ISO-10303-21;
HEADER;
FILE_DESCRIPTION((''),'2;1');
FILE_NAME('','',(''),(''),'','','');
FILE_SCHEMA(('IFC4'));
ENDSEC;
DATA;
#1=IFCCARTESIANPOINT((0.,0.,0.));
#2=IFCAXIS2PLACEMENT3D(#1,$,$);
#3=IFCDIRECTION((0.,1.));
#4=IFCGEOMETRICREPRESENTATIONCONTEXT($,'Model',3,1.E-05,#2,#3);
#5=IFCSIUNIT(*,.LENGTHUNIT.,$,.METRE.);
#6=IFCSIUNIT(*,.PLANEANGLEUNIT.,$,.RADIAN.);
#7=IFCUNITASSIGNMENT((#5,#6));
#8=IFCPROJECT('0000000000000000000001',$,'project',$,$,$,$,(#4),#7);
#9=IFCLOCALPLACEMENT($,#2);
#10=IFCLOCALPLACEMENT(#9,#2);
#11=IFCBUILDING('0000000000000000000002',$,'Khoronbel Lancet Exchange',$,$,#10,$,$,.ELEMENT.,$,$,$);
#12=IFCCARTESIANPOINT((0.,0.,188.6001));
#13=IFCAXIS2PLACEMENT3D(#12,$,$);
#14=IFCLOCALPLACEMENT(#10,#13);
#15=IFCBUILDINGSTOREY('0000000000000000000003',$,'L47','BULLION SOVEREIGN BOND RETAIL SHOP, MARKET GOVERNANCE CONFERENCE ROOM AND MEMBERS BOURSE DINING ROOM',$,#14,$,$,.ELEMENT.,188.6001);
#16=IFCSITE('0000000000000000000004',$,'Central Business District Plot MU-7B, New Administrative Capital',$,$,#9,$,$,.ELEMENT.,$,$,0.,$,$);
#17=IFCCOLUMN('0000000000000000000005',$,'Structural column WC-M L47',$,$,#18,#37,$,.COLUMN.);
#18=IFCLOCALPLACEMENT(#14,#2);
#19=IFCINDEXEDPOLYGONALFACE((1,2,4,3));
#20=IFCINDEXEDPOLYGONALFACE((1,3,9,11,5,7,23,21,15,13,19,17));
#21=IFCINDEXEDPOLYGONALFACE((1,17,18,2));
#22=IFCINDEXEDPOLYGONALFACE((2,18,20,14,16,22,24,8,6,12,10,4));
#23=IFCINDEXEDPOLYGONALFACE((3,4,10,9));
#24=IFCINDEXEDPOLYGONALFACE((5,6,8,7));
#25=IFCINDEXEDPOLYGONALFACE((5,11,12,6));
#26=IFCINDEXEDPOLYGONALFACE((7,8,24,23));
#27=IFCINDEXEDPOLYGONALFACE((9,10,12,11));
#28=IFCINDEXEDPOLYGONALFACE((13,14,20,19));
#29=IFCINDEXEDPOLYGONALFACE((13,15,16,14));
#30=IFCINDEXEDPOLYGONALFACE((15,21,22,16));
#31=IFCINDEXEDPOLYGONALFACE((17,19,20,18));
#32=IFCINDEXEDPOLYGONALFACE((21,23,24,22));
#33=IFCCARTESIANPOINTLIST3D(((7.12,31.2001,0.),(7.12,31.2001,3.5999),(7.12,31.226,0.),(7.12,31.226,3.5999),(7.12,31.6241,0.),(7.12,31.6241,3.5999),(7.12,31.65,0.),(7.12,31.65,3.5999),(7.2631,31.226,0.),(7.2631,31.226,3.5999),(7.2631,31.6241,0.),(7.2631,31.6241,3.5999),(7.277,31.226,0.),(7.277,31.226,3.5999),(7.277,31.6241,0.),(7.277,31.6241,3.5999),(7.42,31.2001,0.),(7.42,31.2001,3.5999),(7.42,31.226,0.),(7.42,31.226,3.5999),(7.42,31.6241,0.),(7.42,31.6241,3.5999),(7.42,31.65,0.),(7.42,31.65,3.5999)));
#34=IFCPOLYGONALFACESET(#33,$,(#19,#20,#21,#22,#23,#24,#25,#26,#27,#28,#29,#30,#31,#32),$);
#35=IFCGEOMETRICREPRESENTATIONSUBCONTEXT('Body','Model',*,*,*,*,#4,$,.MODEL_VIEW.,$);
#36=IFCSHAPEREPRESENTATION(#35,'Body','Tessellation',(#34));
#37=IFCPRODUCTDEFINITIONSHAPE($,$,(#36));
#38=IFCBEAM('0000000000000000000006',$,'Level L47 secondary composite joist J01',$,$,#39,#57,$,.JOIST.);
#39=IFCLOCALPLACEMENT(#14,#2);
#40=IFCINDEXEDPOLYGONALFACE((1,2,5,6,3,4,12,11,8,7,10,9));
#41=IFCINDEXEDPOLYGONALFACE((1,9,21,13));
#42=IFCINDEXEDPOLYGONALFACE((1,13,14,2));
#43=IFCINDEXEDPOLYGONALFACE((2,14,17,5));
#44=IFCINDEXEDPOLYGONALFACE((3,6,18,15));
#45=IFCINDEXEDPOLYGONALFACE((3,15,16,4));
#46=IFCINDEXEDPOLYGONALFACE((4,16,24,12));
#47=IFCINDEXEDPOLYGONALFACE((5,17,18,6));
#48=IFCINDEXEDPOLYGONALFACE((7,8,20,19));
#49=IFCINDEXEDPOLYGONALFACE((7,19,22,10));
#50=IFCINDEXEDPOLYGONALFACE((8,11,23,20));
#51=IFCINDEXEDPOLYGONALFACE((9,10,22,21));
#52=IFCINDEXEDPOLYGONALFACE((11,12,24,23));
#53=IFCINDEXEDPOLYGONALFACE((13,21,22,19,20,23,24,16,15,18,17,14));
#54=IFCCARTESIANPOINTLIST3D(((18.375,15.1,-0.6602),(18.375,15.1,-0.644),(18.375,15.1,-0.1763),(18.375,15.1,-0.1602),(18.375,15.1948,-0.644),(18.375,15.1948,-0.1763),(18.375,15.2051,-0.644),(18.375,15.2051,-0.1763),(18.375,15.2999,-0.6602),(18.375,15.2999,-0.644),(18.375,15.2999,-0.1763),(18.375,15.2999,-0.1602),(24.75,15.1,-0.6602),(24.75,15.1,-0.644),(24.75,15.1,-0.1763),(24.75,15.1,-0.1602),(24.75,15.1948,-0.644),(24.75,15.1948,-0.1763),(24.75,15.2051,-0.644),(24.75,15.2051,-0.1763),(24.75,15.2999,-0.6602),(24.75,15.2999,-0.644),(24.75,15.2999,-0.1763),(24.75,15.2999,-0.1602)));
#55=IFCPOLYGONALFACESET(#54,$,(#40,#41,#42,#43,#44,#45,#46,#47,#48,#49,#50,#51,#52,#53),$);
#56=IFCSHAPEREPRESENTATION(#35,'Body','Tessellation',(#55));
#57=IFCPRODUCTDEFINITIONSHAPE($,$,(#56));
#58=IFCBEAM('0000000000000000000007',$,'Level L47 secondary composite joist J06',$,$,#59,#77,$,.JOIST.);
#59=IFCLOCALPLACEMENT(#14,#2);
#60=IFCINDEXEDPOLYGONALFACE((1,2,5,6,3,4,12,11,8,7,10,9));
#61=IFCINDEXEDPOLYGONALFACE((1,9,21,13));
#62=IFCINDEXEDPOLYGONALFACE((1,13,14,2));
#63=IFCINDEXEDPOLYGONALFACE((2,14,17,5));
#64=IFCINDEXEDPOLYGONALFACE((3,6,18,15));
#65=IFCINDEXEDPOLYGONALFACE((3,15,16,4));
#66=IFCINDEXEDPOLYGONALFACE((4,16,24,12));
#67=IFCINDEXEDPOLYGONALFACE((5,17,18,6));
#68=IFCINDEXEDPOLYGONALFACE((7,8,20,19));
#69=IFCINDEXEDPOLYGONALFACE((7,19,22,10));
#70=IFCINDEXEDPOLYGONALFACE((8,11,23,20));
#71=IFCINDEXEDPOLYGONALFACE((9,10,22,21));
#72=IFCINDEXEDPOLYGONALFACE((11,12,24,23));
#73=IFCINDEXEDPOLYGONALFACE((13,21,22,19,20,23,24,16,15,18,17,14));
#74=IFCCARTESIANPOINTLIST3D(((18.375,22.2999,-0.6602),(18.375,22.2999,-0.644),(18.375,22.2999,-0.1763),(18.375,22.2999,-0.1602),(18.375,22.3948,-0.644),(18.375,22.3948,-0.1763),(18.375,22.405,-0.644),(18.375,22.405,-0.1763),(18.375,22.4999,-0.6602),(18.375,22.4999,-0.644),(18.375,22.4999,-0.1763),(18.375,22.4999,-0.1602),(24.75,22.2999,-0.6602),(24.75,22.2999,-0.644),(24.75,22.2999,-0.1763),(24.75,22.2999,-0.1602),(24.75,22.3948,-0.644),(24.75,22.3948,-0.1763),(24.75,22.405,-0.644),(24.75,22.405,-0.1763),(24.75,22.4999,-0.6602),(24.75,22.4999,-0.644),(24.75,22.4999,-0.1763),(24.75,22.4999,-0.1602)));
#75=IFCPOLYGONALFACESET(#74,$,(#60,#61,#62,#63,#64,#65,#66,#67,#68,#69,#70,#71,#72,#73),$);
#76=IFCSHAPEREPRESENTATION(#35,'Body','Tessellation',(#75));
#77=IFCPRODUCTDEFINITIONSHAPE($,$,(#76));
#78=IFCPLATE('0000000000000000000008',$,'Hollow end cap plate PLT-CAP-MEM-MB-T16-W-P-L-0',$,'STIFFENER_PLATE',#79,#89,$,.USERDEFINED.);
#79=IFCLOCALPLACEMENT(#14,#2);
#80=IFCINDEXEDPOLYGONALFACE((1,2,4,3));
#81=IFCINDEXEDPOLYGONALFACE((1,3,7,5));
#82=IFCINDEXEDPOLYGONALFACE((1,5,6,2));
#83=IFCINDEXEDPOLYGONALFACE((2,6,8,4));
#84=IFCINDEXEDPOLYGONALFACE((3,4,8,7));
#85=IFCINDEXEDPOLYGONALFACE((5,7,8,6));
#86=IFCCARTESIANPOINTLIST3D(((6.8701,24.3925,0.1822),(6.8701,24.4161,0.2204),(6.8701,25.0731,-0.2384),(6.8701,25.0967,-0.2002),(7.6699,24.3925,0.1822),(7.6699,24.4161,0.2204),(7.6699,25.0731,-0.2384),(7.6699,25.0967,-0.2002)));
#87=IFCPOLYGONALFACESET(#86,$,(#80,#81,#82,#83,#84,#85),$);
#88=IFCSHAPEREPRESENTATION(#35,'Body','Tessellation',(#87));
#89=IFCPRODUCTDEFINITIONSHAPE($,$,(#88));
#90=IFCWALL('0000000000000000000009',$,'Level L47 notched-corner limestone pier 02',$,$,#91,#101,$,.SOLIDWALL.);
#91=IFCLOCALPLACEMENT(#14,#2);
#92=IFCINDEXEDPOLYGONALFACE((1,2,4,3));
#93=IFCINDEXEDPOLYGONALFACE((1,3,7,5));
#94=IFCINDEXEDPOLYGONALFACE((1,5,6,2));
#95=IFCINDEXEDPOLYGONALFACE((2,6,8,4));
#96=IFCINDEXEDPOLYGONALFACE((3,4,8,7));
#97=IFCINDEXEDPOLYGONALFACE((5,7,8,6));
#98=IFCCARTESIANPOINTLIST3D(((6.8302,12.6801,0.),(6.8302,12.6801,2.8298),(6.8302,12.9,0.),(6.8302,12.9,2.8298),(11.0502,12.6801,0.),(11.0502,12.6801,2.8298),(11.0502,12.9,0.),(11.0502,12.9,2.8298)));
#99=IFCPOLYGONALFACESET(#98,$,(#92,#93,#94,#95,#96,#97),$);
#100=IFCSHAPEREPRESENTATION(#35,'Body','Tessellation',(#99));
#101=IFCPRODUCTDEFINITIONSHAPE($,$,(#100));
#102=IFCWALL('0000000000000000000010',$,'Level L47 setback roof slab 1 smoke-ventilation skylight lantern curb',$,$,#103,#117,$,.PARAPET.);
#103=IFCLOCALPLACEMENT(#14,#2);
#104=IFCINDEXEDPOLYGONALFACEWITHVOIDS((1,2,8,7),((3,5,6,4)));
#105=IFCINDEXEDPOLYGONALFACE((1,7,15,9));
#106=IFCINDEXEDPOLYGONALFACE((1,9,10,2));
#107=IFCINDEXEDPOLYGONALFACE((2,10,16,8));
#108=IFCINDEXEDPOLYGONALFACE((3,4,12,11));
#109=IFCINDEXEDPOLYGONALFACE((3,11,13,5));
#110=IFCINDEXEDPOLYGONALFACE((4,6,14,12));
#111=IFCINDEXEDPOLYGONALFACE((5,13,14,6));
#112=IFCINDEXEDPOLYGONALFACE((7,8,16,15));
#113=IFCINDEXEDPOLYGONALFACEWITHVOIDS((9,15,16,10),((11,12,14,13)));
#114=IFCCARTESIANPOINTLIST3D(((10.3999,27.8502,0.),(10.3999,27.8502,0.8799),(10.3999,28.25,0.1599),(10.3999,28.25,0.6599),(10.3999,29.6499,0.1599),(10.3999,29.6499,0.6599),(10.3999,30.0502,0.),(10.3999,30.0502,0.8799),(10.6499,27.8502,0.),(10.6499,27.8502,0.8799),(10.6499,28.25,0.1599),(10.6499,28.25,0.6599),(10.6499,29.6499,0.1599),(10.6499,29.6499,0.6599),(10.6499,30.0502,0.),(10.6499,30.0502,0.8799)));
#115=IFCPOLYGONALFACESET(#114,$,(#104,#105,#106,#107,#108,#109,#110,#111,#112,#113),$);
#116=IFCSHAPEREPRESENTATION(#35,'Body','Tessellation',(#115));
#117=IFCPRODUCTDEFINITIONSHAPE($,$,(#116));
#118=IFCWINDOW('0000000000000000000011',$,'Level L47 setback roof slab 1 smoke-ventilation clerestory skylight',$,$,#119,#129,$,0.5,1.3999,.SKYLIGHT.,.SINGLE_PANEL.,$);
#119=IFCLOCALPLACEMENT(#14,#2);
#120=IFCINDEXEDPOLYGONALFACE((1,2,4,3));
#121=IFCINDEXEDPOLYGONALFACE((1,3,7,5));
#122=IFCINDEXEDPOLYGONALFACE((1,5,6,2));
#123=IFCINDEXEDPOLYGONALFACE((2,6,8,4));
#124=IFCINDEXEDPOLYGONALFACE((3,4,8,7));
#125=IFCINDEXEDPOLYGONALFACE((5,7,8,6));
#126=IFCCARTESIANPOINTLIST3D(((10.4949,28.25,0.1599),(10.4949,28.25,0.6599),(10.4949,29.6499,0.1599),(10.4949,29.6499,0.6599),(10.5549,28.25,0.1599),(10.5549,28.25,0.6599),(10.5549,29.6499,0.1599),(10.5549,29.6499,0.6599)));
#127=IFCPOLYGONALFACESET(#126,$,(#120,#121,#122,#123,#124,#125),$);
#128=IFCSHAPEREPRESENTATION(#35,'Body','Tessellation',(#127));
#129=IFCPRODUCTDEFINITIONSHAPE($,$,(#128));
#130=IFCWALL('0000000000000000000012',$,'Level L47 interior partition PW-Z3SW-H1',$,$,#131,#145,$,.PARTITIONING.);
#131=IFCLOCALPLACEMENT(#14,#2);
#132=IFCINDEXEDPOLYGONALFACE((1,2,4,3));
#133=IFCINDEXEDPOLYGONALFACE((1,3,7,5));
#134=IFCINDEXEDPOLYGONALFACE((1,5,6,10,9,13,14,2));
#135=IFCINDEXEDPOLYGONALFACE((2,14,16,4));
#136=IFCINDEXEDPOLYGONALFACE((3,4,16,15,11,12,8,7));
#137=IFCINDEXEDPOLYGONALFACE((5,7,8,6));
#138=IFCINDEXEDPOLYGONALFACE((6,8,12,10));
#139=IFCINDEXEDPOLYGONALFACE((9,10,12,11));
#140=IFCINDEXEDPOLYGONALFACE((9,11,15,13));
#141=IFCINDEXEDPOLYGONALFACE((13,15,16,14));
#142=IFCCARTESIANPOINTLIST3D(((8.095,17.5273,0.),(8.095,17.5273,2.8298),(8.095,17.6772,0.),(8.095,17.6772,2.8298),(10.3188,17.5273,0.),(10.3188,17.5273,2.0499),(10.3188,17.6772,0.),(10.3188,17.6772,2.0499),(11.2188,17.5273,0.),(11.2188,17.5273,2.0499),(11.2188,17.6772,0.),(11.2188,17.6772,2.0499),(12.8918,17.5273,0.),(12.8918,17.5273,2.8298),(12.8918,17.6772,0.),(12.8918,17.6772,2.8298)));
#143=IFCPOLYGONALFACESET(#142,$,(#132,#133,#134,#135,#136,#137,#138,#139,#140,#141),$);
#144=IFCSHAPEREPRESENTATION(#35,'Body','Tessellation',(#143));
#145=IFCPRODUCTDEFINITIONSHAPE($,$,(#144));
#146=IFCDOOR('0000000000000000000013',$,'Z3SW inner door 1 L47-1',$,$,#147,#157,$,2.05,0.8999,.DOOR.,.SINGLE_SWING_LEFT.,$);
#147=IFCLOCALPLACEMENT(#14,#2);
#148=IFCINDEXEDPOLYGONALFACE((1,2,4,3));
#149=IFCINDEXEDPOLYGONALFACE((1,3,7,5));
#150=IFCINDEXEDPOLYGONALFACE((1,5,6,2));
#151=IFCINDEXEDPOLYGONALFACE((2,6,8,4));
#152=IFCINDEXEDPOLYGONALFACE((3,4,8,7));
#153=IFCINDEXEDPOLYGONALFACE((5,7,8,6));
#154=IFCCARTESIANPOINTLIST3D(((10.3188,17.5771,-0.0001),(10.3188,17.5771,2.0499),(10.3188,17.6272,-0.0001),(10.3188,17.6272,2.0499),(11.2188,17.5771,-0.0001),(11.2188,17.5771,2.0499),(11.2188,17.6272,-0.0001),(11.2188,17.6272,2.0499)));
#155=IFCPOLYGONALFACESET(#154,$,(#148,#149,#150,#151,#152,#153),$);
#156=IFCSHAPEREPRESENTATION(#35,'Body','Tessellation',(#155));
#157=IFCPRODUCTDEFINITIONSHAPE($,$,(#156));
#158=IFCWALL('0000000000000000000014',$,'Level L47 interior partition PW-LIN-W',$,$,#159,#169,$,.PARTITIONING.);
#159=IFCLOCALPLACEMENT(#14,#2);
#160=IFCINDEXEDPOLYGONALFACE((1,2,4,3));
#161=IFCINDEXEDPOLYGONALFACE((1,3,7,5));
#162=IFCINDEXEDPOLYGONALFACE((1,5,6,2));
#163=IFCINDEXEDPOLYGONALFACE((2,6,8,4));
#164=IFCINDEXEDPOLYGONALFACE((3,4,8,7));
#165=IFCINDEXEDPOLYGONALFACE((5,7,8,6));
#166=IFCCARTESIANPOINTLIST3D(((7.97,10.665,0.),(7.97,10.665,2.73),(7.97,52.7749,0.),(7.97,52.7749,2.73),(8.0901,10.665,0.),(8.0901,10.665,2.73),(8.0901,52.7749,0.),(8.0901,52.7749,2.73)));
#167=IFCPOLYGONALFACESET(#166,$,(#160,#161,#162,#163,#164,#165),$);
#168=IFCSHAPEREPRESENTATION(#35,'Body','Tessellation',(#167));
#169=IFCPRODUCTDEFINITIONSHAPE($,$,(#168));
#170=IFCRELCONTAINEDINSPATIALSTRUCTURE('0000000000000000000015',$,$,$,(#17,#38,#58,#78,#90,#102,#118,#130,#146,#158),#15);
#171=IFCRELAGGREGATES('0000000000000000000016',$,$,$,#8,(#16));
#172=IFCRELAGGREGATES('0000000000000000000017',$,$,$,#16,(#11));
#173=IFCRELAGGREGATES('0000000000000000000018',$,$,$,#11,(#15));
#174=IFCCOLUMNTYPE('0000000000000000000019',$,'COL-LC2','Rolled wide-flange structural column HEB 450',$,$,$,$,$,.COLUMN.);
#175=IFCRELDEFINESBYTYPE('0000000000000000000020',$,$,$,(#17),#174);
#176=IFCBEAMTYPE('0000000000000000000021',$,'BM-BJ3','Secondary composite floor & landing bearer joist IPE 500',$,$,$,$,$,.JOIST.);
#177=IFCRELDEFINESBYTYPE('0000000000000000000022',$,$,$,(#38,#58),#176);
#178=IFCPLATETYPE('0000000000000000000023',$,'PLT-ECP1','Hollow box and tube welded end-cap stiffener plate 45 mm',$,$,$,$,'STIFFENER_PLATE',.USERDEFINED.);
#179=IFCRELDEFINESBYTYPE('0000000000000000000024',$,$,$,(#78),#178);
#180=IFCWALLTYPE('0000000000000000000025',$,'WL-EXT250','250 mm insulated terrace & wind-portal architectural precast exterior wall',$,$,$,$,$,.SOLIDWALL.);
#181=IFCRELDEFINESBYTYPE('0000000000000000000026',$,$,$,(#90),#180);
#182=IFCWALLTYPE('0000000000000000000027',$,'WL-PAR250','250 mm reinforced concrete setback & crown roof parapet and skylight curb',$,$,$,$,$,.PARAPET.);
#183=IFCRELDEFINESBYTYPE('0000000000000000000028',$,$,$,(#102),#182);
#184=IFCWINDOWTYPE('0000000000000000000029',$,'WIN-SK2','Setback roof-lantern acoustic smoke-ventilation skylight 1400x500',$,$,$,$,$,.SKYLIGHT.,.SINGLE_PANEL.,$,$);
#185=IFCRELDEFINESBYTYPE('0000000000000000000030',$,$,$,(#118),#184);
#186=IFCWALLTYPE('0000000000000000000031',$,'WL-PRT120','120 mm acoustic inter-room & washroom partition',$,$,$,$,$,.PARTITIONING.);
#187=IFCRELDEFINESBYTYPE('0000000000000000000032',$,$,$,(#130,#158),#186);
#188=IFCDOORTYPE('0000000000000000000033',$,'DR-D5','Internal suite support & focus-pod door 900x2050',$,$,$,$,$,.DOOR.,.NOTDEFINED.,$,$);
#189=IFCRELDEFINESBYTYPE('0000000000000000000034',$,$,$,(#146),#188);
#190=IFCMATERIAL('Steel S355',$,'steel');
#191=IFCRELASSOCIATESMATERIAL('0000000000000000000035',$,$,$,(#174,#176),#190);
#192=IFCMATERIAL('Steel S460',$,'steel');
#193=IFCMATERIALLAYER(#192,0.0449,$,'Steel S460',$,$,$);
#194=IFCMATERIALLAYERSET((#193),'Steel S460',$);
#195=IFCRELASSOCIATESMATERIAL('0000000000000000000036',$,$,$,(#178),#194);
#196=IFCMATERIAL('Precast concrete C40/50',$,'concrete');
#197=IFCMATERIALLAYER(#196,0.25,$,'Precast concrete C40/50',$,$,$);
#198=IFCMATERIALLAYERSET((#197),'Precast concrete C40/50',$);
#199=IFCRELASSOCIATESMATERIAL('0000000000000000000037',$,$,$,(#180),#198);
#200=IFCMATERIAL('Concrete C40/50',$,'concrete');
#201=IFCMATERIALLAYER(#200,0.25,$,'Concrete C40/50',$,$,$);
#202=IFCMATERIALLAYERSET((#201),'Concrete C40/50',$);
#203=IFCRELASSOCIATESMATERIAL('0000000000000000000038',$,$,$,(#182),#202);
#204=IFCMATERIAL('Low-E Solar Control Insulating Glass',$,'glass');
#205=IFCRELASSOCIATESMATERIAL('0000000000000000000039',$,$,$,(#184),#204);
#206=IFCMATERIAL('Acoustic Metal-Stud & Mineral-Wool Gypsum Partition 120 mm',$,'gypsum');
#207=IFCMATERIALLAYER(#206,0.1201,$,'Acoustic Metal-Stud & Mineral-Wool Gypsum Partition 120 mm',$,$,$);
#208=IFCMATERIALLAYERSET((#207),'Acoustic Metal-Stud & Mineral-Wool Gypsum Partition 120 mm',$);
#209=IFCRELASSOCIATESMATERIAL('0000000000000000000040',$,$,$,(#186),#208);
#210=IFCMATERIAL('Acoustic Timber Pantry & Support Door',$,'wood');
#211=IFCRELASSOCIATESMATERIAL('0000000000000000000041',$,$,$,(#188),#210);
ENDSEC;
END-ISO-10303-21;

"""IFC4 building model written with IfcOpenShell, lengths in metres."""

from ifc_helpers import new_model, si_unit, direction, frame, frame_2d, origin, origin_2d, place, context, subcontext, project, spatial, polyline, rectangle, i_section, outline, extrude, material, layer, layer_set, material_profile, profile_set, type_object, element, fill, save


model = new_model("IFC4")

# Units and contexts
model_context = context("Model", 3, precision=1e-05, world=origin(), true_north=direction((0.0, 1.0)))
body_context = subcontext(model_context, "Body", "Model", "MODEL_VIEW")
ifc_project = project(units=[si_unit("LENGTHUNIT", "METRE"), si_unit("PLANEANGLEUNIT", "RADIAN")], contexts=[model_context])

# Site, building, storey
site_placement = place(None, origin())
site = spatial("IfcSite", under=ifc_project, at=site_placement, Name="Central Business District Plot MU-7B, New Administrative Capital", CompositionType="ELEMENT", RefElevation=0.0)
building_placement = place(site_placement, origin())
building = spatial("IfcBuilding", under=site, at=building_placement, Name="Khoronbel Lancet Exchange", CompositionType="ELEMENT")
storey_placement = place(building_placement, frame((0.0, 0.0, 188.6001)))
storey = spatial("IfcBuildingStorey", under=building, at=storey_placement, Name="L47", Description="BULLION SOVEREIGN BOND RETAIL SHOP, MARKET GOVERNANCE CONFERENCE ROOM AND MEMBERS BOURSE DINING ROOM", CompositionType="ELEMENT", Elevation=188.6001)

# Column
ifc_material_1 = material(Name="Steel S355", Category="steel")
ifc_material_profile_1 = material_profile(ifc_material_1, i_section(OverallWidth=0.3, OverallDepth=0.45, WebThickness=0.0139, FlangeThickness=0.0259, at=origin_2d()), Name="HEB 450")
ifc_profile_set_1 = profile_set([ifc_material_profile_1], Name="Steel S355")
column_type = type_object("IfcColumnType", Name="COL-LC2", Description="Rolled wide-flange structural column HEB 450", PredefinedType="COLUMN", material=ifc_profile_set_1)
column_placement = place(storey_placement, frame((7.27, 31.425, 0.0), z_axis=(0.0, 0.0, 1.0), x_axis=(1.0, 0.0, 0.0)))
element("IfcColumn", 1, at=column_placement, inside=storey, type_object=column_type, Name="Structural column WC-M L47", PredefinedType="COLUMN", context=body_context, shape_type="SweptSolid", body=[
    extrude(i_section(OverallWidth=0.3, OverallDepth=0.45, WebThickness=0.0139, FlangeThickness=0.0259, at=origin_2d()), origin(), (0.0, 0.0, 1.0), 3.5999),
])

# Beams
ifc_material_profile_2 = material_profile(ifc_material_1, i_section(OverallWidth=0.2, OverallDepth=0.5, WebThickness=0.0103, FlangeThickness=0.0161, at=origin_2d()), Name="IPE 500")
ifc_profile_set_2 = profile_set([ifc_material_profile_2], Name="Steel S355")
beam_type = type_object("IfcBeamType", Name="BM-BJ3", Description="Secondary composite floor & landing bearer joist IPE 500", PredefinedType="JOIST", material=ifc_profile_set_2)
for number, where, z_axis, x_axis, name in (
    (2, (18.375, 15.2, -0.4102), (1.0, 0.0, 0.0), (0.0, 1.0, 0.0), "Level L47 secondary composite joist J01"),
    (3, (18.375, 22.3999, -0.4102), (1.0, 0.0, 0.0), (0.0, 1.0, 0.0), "Level L47 secondary composite joist J06"),
):
    element("IfcBeam", number, at=place(storey_placement, frame(where, z_axis=z_axis, x_axis=x_axis)), inside=storey, type_object=beam_type, Name=name, PredefinedType="JOIST", context=body_context, shape_type="SweptSolid", body=[
        extrude(i_section(OverallWidth=0.2, OverallDepth=0.5, WebThickness=0.0103, FlangeThickness=0.0161, at=origin_2d()), origin(), (0.0, 0.0, 1.0), 6.375),
    ])

# Plate
ifc_material_2 = material(Name="Steel S460", Category="steel")
ifc_layer_1 = layer(ifc_material_2, 0.0449, Name="Steel S460")
ifc_layer_set_1 = layer_set([ifc_layer_1], Name="Steel S460")
plate_type = type_object("IfcPlateType", Name="PLT-ECP1", Description="Hollow box and tube welded end-cap stiffener plate 45 mm", ElementType="STIFFENER_PLATE", PredefinedType="USERDEFINED", material=ifc_layer_set_1)
plate_placement = place(storey_placement, frame((7.6699, 25.0967, -0.2002), z_axis=(0.0, 0.525714, 0.850662), x_axis=(-1.0, 0.0, 0.0)))
element("IfcPlate", 4, at=plate_placement, inside=storey, type_object=plate_type, Name="Hollow end cap plate PLT-CAP-MEM-MB-T16-W-P-L-0", ObjectType="STIFFENER_PLATE", PredefinedType="USERDEFINED", context=body_context, shape_type="SweptSolid", body=[
    extrude(outline(polyline([(0.0, 0.0), (0.7998, 0.0), (0.7998, 0.8), (0.0, 0.8), (0.0, 0.0)])), origin(), (0.0, 0.0, -1.0), 0.0449),
])

# Wall
ifc_material_3 = material(Name="Precast concrete C40/50", Category="concrete")
ifc_layer_2 = layer(ifc_material_3, 0.25, Name="Precast concrete C40/50")
ifc_layer_set_2 = layer_set([ifc_layer_2], Name="Precast concrete C40/50")
wall_type_1 = type_object("IfcWallType", Name="WL-EXT250", Description="250 mm insulated terrace & wind-portal architectural precast exterior wall", PredefinedType="SOLIDWALL", material=ifc_layer_set_2)
wall_1_placement = place(storey_placement, frame((11.05, 12.79, 0.0), z_axis=(0.0, 0.0, 1.0), x_axis=(-1.0, 0.0, 0.0)))
element("IfcWall", 5, at=wall_1_placement, inside=storey, type_object=wall_type_1, Name="Level L47 notched-corner limestone pier 02", PredefinedType="SOLIDWALL", context=body_context, shape_type="SweptSolid", body=[
    extrude(rectangle(XDim=4.22, YDim=0.22, at=frame_2d((2.1099, 0.0))), origin(), (0.0, 0.0, 1.0), 2.8298),
])

# Wall, opening, window
ifc_material_4 = material(Name="Concrete C40/50", Category="concrete")
ifc_layer_3 = layer(ifc_material_4, 0.25, Name="Concrete C40/50")
ifc_layer_set_3 = layer_set([ifc_layer_3], Name="Concrete C40/50")
wall_type_2 = type_object("IfcWallType", Name="WL-PAR250", Description="250 mm reinforced concrete setback & crown roof parapet and skylight curb", PredefinedType="PARAPET", material=ifc_layer_set_3)
wall_2_placement = place(storey_placement, frame((10.5249, 27.8501, 0.0), z_axis=(0.0, 0.0, 1.0), x_axis=(0.0, 1.0, 0.0)))
wall_2 = element("IfcWall", 6, at=wall_2_placement, inside=storey, type_object=wall_type_2, Name="Level L47 setback roof slab 1 smoke-ventilation skylight lantern curb", PredefinedType="PARAPET", context=body_context, shape_type="SweptSolid", body=[
    extrude(rectangle(XDim=2.2, YDim=0.25, at=frame_2d((1.1001, 0.0))), origin(), (0.0, 0.0, 1.0), 0.8799),
])
opening_1_placement = place(wall_2_placement, frame((0.3999, 0.0, 0.1599)))
opening_1 = element("IfcOpeningElement", 7, at=opening_1_placement, cuts=wall_2, PredefinedType="OPENING", context=body_context, shape_type="SweptSolid", body=[
    extrude(rectangle(XDim=1.3999, YDim=0.5, at=frame_2d((0.7, 0.25))), frame((0.0, 0.135, 0.0), z_axis=(0.0, -1.0, 0.0), x_axis=(1.0, 0.0, 0.0)), (0.0, 0.0, 1.0), 0.27),
])
ifc_material_5 = material(Name="Low-E Solar Control Insulating Glass", Category="glass")
window_type = type_object("IfcWindowType", Name="WIN-SK2", Description="Setback roof-lantern acoustic smoke-ventilation skylight 1400x500", PartitioningType="SINGLE_PANEL", PredefinedType="SKYLIGHT", material=ifc_material_5)
window_placement = place(opening_1_placement, origin())
window = element("IfcWindow", 8, at=window_placement, inside=storey, type_object=window_type, Name="Level L47 setback roof slab 1 smoke-ventilation clerestory skylight", OverallHeight=0.5, OverallWidth=1.3999, PartitioningType="SINGLE_PANEL", PredefinedType="SKYLIGHT", context=body_context, shape_type="SweptSolid", body=[
    extrude(rectangle(XDim=1.3999, YDim=0.5, at=frame_2d((0.7, 0.25))), frame((0.0, 0.03, 0.0), z_axis=(0.0, -1.0, 0.0), x_axis=(1.0, 0.0, 0.0)), (0.0, 0.0, 1.0), 0.0601),
])
fill(opening_1, window)

# Wall, opening, door
ifc_material_6 = material(Name="Acoustic Metal-Stud & Mineral-Wool Gypsum Partition 120 mm", Category="gypsum")
ifc_layer_4 = layer(ifc_material_6, 0.1201, Name="Acoustic Metal-Stud & Mineral-Wool Gypsum Partition 120 mm")
ifc_layer_set_4 = layer_set([ifc_layer_4], Name="Acoustic Metal-Stud & Mineral-Wool Gypsum Partition 120 mm")
wall_type_3 = type_object("IfcWallType", Name="WL-PRT120", Description="120 mm acoustic inter-room & washroom partition", PredefinedType="PARTITIONING", material=ifc_layer_set_4)
wall_3_placement = place(storey_placement, frame((8.095, 17.6023, 0.0), z_axis=(0.0, 0.0, 1.0), x_axis=(1.0, 0.0, 0.0)))
wall_3 = element("IfcWall", 9, at=wall_3_placement, inside=storey, type_object=wall_type_3, Name="Level L47 interior partition PW-Z3SW-H1", PredefinedType="PARTITIONING", context=body_context, shape_type="SweptSolid", body=[
    extrude(rectangle(XDim=4.7969, YDim=0.1499, at=frame_2d((2.3984, 0.0))), origin(), (0.0, 0.0, 1.0), 2.8298),
])
opening_2_placement = place(wall_3_placement, frame((2.2239, 0.0, 0.0)))
opening_2 = element("IfcOpeningElement", 10, at=opening_2_placement, cuts=wall_3, PredefinedType="OPENING", context=body_context, shape_type="SweptSolid", body=[
    extrude(rectangle(XDim=0.8999, YDim=2.05, at=frame_2d((0.45, 1.0249))), frame((0.0, 0.085, 0.0), z_axis=(0.0, -1.0, 0.0), x_axis=(1.0, 0.0, 0.0)), (0.0, 0.0, 1.0), 0.1699),
])
ifc_material_7 = material(Name="Acoustic Timber Pantry & Support Door", Category="wood")
door_type_1 = type_object("IfcDoorType", Name="DR-D5", Description="Internal suite support & focus-pod door 900x2050", OperationType="NOTDEFINED", PredefinedType="DOOR", material=ifc_material_7)
door_1_placement = place(opening_2_placement, origin())
door_1 = element("IfcDoor", 11, at=door_1_placement, inside=storey, type_object=door_type_1, Name="Z3SW inner door 1 L47-1", OperationType="SINGLE_SWING_LEFT", OverallHeight=2.05, OverallWidth=0.8999, PredefinedType="DOOR", context=body_context, shape_type="SweptSolid", body=[
    extrude(rectangle(XDim=0.8999, YDim=2.05, at=frame_2d((0.45, 1.0249))), frame((0.0, 0.0249, 0.0), z_axis=(0.0, -1.0, 0.0), x_axis=(1.0, 0.0, 0.0)), (0.0, 0.0, 1.0), 0.05),
])
fill(opening_2, door_1)

# Wall
wall_4_placement = place(storey_placement, frame((8.03, 10.665, 0.0), z_axis=(0.0, 0.0, 1.0), x_axis=(0.0, 1.0, 0.0)))
element("IfcWall", 12, at=wall_4_placement, inside=storey, type_object=wall_type_3, Name="Level L47 interior partition PW-LIN-W", PredefinedType="PARTITIONING", context=body_context, shape_type="SweptSolid", body=[
    extrude(rectangle(XDim=42.1099, YDim=0.1201, at=frame_2d((21.0549, 0.0))), origin(), (0.0, 0.0, 1.0), 2.73),
])

save(model, "model.ifc")
